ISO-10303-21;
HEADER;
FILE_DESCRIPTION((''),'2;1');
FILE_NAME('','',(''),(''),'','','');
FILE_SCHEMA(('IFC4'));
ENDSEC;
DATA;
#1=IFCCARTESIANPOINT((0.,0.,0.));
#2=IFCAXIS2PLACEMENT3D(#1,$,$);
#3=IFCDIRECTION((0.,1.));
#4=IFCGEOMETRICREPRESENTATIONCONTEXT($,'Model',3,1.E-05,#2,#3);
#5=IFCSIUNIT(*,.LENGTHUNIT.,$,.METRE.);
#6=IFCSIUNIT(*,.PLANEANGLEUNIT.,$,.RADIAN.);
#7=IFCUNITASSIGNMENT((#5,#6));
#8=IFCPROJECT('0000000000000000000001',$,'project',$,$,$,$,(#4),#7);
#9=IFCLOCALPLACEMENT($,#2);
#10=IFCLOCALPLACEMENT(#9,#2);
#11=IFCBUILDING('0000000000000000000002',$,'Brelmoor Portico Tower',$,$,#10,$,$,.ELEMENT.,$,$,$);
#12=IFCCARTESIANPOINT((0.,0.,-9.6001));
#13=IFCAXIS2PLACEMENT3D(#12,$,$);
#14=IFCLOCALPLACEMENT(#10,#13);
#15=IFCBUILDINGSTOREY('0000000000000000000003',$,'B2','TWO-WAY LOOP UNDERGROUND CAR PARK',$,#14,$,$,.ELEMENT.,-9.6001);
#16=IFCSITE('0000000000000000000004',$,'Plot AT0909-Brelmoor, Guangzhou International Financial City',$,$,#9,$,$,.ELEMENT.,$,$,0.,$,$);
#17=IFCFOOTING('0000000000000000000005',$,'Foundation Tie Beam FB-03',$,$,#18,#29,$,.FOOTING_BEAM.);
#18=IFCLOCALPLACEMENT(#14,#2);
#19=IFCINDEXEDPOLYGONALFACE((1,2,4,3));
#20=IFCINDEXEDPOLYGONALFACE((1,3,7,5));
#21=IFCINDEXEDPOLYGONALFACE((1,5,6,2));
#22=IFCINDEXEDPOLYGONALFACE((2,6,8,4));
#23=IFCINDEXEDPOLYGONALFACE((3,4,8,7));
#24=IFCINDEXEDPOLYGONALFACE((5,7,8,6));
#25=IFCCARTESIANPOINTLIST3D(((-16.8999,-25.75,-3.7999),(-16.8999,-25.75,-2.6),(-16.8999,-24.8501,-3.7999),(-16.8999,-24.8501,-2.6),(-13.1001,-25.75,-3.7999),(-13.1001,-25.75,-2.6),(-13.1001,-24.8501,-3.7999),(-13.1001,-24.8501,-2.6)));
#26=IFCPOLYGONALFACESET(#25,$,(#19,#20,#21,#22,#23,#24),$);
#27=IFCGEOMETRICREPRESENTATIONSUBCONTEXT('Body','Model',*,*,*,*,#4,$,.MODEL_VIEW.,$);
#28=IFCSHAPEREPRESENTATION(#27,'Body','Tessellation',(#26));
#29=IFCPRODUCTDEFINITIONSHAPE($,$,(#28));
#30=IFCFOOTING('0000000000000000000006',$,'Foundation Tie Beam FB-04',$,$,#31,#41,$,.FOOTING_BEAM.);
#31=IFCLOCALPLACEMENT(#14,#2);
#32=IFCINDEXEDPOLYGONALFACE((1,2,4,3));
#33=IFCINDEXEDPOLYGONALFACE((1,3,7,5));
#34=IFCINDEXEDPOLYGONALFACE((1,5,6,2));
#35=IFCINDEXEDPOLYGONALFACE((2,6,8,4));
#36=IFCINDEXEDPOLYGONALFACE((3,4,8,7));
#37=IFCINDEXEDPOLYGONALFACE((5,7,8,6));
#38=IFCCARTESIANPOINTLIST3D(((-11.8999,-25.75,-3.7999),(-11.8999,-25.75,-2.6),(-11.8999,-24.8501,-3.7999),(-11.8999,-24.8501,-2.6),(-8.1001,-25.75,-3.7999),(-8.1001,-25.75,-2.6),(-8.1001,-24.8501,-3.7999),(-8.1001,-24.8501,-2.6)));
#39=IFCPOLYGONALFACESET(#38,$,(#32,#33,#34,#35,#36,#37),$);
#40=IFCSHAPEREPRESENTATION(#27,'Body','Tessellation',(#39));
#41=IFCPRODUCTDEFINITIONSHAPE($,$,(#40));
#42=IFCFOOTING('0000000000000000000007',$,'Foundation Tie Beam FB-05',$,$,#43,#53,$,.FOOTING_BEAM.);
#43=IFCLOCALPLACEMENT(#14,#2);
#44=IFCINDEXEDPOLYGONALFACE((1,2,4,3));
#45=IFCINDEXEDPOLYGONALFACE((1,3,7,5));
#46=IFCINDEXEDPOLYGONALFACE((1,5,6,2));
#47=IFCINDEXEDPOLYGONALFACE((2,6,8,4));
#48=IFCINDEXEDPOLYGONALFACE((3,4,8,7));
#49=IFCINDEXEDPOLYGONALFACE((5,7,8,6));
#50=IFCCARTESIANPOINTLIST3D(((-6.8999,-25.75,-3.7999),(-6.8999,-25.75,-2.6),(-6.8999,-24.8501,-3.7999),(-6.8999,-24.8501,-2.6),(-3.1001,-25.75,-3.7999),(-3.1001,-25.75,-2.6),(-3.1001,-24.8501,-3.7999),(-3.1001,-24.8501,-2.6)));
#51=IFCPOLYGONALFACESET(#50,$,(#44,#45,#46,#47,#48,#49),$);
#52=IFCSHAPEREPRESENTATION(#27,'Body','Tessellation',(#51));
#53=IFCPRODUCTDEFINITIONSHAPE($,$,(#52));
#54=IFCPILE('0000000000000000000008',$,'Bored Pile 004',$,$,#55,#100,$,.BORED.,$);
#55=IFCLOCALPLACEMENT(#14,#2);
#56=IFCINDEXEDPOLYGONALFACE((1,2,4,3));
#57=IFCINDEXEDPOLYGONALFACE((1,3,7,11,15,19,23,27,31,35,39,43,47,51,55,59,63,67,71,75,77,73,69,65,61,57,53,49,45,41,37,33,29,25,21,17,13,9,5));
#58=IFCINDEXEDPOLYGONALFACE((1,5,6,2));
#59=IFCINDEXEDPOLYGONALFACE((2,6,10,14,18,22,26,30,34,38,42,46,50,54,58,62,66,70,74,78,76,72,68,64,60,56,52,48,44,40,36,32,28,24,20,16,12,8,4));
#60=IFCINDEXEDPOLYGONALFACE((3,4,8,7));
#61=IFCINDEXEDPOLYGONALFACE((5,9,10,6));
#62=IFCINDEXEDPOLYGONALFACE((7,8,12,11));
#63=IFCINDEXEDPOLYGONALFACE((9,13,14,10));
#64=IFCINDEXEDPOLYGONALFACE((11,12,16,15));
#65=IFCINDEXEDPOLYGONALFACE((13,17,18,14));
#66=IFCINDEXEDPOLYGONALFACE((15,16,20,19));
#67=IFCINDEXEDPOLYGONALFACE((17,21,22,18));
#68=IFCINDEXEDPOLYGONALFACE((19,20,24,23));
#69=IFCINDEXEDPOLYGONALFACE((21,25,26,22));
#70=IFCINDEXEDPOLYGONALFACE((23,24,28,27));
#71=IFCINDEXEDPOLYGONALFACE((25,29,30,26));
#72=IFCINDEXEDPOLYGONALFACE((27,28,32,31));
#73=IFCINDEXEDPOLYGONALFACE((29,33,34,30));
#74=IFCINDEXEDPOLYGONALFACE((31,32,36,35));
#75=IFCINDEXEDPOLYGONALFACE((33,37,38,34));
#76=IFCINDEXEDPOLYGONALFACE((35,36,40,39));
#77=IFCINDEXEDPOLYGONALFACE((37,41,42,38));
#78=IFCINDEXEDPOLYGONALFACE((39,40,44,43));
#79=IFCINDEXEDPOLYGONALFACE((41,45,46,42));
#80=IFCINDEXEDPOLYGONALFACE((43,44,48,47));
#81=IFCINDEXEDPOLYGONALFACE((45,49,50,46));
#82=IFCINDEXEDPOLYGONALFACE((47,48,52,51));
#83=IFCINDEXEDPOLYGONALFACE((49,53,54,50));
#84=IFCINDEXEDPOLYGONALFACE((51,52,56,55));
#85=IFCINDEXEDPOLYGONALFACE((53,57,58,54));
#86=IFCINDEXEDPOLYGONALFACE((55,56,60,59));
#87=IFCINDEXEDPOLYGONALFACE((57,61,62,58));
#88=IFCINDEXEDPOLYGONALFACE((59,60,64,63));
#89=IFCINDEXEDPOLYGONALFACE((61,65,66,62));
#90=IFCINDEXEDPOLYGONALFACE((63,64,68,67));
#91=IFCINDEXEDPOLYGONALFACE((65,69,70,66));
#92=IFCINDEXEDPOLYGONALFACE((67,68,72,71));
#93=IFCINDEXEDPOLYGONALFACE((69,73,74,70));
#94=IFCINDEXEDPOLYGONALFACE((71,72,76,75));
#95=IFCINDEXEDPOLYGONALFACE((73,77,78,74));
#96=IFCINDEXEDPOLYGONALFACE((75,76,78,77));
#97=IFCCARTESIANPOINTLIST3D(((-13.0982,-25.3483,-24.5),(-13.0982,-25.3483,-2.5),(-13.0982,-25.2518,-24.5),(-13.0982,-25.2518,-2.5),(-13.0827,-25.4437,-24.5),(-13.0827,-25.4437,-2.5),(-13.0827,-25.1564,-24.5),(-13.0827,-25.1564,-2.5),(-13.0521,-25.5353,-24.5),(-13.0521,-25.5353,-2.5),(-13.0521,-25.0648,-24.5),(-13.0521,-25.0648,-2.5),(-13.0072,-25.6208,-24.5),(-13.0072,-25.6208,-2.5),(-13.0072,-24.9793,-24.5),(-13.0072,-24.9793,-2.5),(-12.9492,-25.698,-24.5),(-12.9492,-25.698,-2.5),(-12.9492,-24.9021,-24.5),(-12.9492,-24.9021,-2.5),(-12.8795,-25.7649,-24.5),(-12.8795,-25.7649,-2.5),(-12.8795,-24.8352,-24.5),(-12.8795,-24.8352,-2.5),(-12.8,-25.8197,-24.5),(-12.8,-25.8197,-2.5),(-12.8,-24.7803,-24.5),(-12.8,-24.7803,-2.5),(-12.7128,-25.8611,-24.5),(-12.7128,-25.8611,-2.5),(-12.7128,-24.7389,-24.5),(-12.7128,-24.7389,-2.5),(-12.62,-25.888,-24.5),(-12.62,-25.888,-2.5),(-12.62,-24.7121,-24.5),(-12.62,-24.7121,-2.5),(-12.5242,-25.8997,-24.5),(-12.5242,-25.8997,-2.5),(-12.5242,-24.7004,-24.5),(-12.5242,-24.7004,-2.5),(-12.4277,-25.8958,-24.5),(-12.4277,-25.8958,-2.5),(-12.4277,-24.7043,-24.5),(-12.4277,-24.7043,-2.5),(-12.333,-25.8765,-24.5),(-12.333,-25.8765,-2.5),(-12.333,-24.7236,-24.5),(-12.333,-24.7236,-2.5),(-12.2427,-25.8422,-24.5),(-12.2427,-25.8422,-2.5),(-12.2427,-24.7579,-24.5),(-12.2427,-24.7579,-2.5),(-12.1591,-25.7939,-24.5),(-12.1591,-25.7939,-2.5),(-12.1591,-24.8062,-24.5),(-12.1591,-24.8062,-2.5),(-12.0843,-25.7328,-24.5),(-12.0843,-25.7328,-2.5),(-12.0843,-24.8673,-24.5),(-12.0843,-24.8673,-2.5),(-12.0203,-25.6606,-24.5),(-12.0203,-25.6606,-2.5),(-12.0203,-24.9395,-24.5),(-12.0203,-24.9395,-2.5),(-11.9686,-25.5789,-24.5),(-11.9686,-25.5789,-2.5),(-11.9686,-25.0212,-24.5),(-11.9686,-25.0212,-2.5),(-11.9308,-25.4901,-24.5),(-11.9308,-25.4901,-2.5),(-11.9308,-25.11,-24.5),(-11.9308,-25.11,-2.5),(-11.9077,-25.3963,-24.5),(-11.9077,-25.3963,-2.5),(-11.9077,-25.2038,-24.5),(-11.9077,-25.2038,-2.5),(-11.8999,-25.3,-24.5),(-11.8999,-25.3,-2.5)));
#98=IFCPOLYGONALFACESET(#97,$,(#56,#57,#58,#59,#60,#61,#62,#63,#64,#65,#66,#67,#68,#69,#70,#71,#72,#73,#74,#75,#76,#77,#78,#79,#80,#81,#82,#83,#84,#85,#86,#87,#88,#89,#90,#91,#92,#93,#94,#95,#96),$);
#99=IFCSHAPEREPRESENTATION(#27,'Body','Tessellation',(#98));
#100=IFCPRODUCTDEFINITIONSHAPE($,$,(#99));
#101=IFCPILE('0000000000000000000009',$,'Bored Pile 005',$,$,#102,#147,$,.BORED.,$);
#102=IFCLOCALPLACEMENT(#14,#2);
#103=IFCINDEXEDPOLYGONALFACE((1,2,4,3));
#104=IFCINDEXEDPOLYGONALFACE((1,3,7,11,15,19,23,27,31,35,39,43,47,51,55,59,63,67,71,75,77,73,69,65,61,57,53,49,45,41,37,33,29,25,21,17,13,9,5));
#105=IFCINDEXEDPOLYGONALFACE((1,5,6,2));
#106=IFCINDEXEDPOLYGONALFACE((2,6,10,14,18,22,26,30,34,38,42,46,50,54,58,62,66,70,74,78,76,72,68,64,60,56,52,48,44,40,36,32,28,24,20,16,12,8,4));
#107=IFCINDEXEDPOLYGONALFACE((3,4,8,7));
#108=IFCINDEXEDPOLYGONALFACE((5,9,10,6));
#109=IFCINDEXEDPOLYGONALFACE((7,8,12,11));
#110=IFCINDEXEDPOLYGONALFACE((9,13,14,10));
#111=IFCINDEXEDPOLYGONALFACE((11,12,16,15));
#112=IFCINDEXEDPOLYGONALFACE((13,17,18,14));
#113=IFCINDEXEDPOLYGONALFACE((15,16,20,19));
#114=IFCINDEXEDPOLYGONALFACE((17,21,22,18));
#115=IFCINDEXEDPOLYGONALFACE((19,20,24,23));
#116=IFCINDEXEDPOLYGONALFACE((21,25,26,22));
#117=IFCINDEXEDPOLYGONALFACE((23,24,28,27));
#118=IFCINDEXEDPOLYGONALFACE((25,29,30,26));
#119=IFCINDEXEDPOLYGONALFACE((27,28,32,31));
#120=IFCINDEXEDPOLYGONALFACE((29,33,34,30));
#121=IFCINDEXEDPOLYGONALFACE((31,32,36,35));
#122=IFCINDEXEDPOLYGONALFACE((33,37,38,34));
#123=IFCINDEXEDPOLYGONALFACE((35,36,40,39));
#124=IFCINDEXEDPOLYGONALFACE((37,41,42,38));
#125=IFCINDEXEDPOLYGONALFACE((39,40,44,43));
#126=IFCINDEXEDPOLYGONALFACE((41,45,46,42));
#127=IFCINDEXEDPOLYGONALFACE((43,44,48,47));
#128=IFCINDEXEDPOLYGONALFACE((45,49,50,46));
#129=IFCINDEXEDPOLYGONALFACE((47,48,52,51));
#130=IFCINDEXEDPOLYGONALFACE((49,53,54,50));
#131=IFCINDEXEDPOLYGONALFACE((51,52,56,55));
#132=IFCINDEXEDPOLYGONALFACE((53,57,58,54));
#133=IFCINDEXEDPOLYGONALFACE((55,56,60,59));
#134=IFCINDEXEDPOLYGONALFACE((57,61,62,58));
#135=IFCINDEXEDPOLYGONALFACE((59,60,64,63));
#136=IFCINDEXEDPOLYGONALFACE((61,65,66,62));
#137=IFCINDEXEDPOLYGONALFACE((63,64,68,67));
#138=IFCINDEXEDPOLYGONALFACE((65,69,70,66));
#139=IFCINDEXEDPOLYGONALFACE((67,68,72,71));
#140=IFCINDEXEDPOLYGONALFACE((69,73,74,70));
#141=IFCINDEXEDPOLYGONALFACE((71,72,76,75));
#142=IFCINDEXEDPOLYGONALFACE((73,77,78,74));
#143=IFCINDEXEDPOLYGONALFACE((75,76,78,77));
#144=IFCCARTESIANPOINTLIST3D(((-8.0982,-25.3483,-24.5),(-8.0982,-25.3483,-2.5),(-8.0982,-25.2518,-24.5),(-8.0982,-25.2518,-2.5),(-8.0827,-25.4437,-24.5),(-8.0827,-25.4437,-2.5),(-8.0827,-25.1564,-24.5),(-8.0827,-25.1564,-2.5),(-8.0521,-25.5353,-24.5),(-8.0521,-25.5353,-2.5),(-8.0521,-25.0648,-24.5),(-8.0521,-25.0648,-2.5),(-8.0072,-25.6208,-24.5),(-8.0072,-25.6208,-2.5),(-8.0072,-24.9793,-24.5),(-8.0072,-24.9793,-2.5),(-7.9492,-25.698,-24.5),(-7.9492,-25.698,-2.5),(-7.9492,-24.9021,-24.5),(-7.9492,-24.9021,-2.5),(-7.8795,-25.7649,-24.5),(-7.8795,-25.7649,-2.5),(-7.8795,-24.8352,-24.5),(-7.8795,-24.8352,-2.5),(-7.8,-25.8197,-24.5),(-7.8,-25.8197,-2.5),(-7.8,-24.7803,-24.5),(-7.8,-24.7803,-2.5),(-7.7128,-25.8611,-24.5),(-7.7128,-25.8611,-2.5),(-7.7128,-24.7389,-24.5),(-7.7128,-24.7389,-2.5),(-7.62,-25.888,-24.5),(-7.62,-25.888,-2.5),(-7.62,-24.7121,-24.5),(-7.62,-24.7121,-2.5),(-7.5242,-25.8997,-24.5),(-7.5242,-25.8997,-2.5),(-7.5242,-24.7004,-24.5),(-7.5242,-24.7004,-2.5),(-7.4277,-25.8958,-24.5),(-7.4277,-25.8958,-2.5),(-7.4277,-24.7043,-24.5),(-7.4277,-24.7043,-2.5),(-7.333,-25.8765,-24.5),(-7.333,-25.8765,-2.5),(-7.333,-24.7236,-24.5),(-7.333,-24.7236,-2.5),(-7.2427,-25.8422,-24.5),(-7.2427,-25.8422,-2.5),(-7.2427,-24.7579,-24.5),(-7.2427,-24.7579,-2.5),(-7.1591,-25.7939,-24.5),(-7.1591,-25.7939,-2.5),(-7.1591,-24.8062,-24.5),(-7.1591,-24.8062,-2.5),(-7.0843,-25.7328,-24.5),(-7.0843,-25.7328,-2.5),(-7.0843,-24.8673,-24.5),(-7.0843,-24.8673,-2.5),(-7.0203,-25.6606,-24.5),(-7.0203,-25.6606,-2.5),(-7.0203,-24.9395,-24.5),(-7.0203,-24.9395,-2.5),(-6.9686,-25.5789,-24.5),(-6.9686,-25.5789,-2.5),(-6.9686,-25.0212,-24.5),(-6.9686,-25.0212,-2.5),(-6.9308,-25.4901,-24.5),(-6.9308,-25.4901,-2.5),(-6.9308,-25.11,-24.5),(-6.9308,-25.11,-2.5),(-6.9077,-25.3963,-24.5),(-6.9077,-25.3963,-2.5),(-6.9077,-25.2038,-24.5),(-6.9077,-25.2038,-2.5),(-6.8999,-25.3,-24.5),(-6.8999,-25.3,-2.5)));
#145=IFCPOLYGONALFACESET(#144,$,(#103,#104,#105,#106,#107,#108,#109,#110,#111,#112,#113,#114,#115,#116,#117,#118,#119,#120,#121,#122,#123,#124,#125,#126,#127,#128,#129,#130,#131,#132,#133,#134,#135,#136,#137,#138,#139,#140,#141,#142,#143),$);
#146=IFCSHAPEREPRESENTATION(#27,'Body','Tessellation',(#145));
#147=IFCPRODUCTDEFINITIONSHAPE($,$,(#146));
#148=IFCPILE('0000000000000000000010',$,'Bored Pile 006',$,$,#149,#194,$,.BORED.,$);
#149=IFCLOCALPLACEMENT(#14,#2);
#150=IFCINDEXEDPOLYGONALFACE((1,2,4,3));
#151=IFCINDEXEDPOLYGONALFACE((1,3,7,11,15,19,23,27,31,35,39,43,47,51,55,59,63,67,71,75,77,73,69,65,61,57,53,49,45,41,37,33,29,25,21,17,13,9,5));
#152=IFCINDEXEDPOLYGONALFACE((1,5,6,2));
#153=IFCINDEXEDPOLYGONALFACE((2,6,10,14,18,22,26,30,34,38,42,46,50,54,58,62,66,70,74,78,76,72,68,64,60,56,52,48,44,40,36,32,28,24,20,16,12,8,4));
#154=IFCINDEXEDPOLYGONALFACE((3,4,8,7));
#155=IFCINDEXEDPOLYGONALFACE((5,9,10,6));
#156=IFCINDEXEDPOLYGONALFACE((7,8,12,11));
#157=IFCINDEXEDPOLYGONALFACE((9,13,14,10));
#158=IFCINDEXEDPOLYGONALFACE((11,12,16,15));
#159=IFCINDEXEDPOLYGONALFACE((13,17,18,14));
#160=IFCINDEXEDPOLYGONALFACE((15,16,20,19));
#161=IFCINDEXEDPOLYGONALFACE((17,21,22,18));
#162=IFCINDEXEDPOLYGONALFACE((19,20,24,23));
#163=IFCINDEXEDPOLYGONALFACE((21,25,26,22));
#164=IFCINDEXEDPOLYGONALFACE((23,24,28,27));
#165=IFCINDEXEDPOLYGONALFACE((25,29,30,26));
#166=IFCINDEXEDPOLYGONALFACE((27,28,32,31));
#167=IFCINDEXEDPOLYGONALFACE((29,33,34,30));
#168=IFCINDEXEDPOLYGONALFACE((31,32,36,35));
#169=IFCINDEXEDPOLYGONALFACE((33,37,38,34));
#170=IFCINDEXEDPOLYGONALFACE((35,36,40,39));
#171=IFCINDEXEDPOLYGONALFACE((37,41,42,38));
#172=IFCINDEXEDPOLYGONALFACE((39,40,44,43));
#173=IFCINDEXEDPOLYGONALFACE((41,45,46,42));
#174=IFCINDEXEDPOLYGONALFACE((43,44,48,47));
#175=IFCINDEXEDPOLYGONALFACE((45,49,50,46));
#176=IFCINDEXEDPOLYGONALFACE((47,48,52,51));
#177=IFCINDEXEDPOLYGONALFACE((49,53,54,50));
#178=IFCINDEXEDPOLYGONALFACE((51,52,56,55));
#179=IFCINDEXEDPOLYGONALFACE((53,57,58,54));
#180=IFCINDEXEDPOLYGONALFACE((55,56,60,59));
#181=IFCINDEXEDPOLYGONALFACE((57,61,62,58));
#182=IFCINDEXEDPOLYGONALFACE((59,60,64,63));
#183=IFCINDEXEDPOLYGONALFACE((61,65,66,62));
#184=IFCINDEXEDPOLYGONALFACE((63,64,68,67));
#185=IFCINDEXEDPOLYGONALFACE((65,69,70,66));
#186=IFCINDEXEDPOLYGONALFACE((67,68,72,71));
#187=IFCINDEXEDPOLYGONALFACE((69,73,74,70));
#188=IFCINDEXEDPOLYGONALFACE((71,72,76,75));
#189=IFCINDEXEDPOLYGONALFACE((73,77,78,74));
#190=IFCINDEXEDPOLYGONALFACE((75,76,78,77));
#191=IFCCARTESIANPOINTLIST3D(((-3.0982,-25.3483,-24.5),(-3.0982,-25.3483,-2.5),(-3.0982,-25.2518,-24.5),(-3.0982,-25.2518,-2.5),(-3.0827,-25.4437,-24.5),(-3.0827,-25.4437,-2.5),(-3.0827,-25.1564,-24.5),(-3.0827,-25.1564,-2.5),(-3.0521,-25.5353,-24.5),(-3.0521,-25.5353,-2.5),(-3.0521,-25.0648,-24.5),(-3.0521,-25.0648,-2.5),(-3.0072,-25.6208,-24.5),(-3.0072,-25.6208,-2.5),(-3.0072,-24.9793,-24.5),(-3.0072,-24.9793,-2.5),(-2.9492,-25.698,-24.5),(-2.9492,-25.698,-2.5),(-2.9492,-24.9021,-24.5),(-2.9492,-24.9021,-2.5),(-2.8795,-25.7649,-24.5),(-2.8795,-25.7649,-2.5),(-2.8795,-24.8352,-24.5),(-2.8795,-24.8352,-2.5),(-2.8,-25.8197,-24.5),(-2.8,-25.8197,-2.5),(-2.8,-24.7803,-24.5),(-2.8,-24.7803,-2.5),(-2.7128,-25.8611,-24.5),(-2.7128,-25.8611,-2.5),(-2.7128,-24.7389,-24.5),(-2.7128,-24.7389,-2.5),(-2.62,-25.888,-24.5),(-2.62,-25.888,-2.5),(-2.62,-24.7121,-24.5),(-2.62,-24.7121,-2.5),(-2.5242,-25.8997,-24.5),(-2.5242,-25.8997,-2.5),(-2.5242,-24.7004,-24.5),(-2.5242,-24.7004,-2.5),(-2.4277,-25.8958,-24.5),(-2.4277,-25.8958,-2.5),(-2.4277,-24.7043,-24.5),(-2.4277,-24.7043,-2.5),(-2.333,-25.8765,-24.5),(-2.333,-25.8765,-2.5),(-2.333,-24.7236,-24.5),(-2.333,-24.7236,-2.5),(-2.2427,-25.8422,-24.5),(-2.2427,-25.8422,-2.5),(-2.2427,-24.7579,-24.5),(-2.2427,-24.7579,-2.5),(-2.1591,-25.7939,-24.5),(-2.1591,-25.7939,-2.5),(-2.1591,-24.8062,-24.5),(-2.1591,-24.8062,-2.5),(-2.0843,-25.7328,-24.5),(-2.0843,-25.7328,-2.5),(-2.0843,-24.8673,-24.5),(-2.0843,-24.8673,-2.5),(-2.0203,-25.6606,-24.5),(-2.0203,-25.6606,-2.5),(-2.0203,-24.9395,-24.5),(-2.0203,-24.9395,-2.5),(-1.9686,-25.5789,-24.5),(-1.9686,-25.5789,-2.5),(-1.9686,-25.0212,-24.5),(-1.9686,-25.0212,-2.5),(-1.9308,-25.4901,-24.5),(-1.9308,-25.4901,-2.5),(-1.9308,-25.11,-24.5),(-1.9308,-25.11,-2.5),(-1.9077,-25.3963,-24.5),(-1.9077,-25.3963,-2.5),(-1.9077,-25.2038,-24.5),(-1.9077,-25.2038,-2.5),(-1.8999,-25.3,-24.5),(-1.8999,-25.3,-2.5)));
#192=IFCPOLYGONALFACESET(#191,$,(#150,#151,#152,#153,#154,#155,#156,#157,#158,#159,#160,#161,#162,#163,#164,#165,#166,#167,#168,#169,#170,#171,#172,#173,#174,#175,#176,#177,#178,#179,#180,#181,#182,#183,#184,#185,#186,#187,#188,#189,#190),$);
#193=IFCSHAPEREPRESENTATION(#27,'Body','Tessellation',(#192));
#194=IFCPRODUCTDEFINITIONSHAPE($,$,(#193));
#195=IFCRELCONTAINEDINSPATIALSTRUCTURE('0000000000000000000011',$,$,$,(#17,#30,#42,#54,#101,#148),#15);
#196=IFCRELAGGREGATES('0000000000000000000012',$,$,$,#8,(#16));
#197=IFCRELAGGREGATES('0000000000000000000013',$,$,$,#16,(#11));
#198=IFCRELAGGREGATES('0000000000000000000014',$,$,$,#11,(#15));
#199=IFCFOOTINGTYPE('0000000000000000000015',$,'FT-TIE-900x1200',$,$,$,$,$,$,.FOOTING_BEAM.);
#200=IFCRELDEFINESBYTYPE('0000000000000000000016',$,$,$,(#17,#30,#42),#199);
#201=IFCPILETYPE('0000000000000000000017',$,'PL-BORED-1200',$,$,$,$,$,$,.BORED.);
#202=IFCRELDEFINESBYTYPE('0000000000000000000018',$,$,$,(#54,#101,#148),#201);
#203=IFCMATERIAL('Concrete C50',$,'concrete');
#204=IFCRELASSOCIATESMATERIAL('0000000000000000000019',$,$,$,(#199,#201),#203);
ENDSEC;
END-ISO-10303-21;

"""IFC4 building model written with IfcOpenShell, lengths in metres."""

from ifc_helpers import new_model, si_unit, direction, frame, origin, origin_2d, place, context, subcontext, project, spatial, rectangle, circle, extrude, material, material_profile, profile_set, type_object, element, save


model = new_model("IFC4")

# Units and contexts
model_context = context("Model", 3, precision=1e-05, world=origin(), true_north=direction((0.0, 1.0)))
body_context = subcontext(model_context, "Body", "Model", "MODEL_VIEW")
ifc_project = project(units=[si_unit("LENGTHUNIT", "METRE"), si_unit("PLANEANGLEUNIT", "RADIAN")], contexts=[model_context])

# Site, building, storey
site_placement = place(None, origin())
site = spatial("IfcSite", under=ifc_project, at=site_placement, Name="Plot AT0909-Brelmoor, Guangzhou International Financial City", CompositionType="ELEMENT", RefElevation=0.0)
building_placement = place(site_placement, origin())
building = spatial("IfcBuilding", under=site, at=building_placement, Name="Brelmoor Portico Tower", CompositionType="ELEMENT")
storey_placement = place(building_placement, frame((0.0, 0.0, -9.6001)))
storey = spatial("IfcBuildingStorey", under=building, at=storey_placement, Name="B2", Description="TWO-WAY LOOP UNDERGROUND CAR PARK", CompositionType="ELEMENT", Elevation=-9.6001)

# Footings
ifc_material_1 = material(Name="Concrete C50", Category="concrete")
ifc_material_profile_1 = material_profile(ifc_material_1, rectangle(XDim=0.8999, YDim=1.2, at=origin_2d()), Name="RC 900x1200")
ifc_profile_set_1 = profile_set([ifc_material_profile_1], Name="Concrete C50")
footing_type = type_object("IfcFootingType", Name="FT-TIE-900x1200", PredefinedType="FOOTING_BEAM", material=ifc_profile_set_1)
for number, where, z_axis, x_axis, name in (
    (1, (-16.8999, -25.3, -3.2), (1.0, 0.0, 0.0), (0.0, 1.0, 0.0), "Foundation Tie Beam FB-03"),
    (2, (-11.8999, -25.3, -3.2), (1.0, 0.0, 0.0), (0.0, 1.0, 0.0), "Foundation Tie Beam FB-04"),
    (3, (-6.8999, -25.3, -3.2), (1.0, 0.0, 0.0), (0.0, 1.0, 0.0), "Foundation Tie Beam FB-05"),
):
    element("IfcFooting", number, at=place(storey_placement, frame(where, z_axis=z_axis, x_axis=x_axis)), inside=storey, type_object=footing_type, Name=name, PredefinedType="FOOTING_BEAM", context=body_context, shape_type="SweptSolid", body=[
        extrude(rectangle(XDim=0.8999, YDim=1.2, at=origin_2d()), origin(), (0.0, 0.0, 1.0), 3.7998),
    ])

# Piles
ifc_material_profile_2 = material_profile(ifc_material_1, circle(Radius=0.6001, at=origin_2d()), Name="BORED PILE D1200")
ifc_profile_set_2 = profile_set([ifc_material_profile_2], Name="Concrete C50")
pile_type_1 = type_object("IfcPileType", Name="PL-BORED-1200", PredefinedType="BORED", material=ifc_profile_set_2)
for number, where, z_axis, x_axis, name in (
    (4, (-12.5, -25.3, -2.5), (0.0, 0.0, -1.0), (1.0, 0.0, 0.0), "Bored Pile 004"),
    (5, (-7.5, -25.3, -2.5), (0.0, 0.0, -1.0), (1.0, 0.0, 0.0), "Bored Pile 005"),
    (6, (-2.5, -25.3, -2.5), (0.0, 0.0, -1.0), (1.0, 0.0, 0.0), "Bored Pile 006"),
):
    element("IfcPile", number, at=place(storey_placement, frame(where, z_axis=z_axis, x_axis=x_axis)), inside=storey, type_object=pile_type_1, Name=name, PredefinedType="BORED", context=body_context, shape_type="SweptSolid", body=[
        extrude(circle(Radius=0.6001, at=origin_2d()), origin(), (0.0, 0.0, 1.0), 22.0),
    ])

save(model, "model.ifc")
